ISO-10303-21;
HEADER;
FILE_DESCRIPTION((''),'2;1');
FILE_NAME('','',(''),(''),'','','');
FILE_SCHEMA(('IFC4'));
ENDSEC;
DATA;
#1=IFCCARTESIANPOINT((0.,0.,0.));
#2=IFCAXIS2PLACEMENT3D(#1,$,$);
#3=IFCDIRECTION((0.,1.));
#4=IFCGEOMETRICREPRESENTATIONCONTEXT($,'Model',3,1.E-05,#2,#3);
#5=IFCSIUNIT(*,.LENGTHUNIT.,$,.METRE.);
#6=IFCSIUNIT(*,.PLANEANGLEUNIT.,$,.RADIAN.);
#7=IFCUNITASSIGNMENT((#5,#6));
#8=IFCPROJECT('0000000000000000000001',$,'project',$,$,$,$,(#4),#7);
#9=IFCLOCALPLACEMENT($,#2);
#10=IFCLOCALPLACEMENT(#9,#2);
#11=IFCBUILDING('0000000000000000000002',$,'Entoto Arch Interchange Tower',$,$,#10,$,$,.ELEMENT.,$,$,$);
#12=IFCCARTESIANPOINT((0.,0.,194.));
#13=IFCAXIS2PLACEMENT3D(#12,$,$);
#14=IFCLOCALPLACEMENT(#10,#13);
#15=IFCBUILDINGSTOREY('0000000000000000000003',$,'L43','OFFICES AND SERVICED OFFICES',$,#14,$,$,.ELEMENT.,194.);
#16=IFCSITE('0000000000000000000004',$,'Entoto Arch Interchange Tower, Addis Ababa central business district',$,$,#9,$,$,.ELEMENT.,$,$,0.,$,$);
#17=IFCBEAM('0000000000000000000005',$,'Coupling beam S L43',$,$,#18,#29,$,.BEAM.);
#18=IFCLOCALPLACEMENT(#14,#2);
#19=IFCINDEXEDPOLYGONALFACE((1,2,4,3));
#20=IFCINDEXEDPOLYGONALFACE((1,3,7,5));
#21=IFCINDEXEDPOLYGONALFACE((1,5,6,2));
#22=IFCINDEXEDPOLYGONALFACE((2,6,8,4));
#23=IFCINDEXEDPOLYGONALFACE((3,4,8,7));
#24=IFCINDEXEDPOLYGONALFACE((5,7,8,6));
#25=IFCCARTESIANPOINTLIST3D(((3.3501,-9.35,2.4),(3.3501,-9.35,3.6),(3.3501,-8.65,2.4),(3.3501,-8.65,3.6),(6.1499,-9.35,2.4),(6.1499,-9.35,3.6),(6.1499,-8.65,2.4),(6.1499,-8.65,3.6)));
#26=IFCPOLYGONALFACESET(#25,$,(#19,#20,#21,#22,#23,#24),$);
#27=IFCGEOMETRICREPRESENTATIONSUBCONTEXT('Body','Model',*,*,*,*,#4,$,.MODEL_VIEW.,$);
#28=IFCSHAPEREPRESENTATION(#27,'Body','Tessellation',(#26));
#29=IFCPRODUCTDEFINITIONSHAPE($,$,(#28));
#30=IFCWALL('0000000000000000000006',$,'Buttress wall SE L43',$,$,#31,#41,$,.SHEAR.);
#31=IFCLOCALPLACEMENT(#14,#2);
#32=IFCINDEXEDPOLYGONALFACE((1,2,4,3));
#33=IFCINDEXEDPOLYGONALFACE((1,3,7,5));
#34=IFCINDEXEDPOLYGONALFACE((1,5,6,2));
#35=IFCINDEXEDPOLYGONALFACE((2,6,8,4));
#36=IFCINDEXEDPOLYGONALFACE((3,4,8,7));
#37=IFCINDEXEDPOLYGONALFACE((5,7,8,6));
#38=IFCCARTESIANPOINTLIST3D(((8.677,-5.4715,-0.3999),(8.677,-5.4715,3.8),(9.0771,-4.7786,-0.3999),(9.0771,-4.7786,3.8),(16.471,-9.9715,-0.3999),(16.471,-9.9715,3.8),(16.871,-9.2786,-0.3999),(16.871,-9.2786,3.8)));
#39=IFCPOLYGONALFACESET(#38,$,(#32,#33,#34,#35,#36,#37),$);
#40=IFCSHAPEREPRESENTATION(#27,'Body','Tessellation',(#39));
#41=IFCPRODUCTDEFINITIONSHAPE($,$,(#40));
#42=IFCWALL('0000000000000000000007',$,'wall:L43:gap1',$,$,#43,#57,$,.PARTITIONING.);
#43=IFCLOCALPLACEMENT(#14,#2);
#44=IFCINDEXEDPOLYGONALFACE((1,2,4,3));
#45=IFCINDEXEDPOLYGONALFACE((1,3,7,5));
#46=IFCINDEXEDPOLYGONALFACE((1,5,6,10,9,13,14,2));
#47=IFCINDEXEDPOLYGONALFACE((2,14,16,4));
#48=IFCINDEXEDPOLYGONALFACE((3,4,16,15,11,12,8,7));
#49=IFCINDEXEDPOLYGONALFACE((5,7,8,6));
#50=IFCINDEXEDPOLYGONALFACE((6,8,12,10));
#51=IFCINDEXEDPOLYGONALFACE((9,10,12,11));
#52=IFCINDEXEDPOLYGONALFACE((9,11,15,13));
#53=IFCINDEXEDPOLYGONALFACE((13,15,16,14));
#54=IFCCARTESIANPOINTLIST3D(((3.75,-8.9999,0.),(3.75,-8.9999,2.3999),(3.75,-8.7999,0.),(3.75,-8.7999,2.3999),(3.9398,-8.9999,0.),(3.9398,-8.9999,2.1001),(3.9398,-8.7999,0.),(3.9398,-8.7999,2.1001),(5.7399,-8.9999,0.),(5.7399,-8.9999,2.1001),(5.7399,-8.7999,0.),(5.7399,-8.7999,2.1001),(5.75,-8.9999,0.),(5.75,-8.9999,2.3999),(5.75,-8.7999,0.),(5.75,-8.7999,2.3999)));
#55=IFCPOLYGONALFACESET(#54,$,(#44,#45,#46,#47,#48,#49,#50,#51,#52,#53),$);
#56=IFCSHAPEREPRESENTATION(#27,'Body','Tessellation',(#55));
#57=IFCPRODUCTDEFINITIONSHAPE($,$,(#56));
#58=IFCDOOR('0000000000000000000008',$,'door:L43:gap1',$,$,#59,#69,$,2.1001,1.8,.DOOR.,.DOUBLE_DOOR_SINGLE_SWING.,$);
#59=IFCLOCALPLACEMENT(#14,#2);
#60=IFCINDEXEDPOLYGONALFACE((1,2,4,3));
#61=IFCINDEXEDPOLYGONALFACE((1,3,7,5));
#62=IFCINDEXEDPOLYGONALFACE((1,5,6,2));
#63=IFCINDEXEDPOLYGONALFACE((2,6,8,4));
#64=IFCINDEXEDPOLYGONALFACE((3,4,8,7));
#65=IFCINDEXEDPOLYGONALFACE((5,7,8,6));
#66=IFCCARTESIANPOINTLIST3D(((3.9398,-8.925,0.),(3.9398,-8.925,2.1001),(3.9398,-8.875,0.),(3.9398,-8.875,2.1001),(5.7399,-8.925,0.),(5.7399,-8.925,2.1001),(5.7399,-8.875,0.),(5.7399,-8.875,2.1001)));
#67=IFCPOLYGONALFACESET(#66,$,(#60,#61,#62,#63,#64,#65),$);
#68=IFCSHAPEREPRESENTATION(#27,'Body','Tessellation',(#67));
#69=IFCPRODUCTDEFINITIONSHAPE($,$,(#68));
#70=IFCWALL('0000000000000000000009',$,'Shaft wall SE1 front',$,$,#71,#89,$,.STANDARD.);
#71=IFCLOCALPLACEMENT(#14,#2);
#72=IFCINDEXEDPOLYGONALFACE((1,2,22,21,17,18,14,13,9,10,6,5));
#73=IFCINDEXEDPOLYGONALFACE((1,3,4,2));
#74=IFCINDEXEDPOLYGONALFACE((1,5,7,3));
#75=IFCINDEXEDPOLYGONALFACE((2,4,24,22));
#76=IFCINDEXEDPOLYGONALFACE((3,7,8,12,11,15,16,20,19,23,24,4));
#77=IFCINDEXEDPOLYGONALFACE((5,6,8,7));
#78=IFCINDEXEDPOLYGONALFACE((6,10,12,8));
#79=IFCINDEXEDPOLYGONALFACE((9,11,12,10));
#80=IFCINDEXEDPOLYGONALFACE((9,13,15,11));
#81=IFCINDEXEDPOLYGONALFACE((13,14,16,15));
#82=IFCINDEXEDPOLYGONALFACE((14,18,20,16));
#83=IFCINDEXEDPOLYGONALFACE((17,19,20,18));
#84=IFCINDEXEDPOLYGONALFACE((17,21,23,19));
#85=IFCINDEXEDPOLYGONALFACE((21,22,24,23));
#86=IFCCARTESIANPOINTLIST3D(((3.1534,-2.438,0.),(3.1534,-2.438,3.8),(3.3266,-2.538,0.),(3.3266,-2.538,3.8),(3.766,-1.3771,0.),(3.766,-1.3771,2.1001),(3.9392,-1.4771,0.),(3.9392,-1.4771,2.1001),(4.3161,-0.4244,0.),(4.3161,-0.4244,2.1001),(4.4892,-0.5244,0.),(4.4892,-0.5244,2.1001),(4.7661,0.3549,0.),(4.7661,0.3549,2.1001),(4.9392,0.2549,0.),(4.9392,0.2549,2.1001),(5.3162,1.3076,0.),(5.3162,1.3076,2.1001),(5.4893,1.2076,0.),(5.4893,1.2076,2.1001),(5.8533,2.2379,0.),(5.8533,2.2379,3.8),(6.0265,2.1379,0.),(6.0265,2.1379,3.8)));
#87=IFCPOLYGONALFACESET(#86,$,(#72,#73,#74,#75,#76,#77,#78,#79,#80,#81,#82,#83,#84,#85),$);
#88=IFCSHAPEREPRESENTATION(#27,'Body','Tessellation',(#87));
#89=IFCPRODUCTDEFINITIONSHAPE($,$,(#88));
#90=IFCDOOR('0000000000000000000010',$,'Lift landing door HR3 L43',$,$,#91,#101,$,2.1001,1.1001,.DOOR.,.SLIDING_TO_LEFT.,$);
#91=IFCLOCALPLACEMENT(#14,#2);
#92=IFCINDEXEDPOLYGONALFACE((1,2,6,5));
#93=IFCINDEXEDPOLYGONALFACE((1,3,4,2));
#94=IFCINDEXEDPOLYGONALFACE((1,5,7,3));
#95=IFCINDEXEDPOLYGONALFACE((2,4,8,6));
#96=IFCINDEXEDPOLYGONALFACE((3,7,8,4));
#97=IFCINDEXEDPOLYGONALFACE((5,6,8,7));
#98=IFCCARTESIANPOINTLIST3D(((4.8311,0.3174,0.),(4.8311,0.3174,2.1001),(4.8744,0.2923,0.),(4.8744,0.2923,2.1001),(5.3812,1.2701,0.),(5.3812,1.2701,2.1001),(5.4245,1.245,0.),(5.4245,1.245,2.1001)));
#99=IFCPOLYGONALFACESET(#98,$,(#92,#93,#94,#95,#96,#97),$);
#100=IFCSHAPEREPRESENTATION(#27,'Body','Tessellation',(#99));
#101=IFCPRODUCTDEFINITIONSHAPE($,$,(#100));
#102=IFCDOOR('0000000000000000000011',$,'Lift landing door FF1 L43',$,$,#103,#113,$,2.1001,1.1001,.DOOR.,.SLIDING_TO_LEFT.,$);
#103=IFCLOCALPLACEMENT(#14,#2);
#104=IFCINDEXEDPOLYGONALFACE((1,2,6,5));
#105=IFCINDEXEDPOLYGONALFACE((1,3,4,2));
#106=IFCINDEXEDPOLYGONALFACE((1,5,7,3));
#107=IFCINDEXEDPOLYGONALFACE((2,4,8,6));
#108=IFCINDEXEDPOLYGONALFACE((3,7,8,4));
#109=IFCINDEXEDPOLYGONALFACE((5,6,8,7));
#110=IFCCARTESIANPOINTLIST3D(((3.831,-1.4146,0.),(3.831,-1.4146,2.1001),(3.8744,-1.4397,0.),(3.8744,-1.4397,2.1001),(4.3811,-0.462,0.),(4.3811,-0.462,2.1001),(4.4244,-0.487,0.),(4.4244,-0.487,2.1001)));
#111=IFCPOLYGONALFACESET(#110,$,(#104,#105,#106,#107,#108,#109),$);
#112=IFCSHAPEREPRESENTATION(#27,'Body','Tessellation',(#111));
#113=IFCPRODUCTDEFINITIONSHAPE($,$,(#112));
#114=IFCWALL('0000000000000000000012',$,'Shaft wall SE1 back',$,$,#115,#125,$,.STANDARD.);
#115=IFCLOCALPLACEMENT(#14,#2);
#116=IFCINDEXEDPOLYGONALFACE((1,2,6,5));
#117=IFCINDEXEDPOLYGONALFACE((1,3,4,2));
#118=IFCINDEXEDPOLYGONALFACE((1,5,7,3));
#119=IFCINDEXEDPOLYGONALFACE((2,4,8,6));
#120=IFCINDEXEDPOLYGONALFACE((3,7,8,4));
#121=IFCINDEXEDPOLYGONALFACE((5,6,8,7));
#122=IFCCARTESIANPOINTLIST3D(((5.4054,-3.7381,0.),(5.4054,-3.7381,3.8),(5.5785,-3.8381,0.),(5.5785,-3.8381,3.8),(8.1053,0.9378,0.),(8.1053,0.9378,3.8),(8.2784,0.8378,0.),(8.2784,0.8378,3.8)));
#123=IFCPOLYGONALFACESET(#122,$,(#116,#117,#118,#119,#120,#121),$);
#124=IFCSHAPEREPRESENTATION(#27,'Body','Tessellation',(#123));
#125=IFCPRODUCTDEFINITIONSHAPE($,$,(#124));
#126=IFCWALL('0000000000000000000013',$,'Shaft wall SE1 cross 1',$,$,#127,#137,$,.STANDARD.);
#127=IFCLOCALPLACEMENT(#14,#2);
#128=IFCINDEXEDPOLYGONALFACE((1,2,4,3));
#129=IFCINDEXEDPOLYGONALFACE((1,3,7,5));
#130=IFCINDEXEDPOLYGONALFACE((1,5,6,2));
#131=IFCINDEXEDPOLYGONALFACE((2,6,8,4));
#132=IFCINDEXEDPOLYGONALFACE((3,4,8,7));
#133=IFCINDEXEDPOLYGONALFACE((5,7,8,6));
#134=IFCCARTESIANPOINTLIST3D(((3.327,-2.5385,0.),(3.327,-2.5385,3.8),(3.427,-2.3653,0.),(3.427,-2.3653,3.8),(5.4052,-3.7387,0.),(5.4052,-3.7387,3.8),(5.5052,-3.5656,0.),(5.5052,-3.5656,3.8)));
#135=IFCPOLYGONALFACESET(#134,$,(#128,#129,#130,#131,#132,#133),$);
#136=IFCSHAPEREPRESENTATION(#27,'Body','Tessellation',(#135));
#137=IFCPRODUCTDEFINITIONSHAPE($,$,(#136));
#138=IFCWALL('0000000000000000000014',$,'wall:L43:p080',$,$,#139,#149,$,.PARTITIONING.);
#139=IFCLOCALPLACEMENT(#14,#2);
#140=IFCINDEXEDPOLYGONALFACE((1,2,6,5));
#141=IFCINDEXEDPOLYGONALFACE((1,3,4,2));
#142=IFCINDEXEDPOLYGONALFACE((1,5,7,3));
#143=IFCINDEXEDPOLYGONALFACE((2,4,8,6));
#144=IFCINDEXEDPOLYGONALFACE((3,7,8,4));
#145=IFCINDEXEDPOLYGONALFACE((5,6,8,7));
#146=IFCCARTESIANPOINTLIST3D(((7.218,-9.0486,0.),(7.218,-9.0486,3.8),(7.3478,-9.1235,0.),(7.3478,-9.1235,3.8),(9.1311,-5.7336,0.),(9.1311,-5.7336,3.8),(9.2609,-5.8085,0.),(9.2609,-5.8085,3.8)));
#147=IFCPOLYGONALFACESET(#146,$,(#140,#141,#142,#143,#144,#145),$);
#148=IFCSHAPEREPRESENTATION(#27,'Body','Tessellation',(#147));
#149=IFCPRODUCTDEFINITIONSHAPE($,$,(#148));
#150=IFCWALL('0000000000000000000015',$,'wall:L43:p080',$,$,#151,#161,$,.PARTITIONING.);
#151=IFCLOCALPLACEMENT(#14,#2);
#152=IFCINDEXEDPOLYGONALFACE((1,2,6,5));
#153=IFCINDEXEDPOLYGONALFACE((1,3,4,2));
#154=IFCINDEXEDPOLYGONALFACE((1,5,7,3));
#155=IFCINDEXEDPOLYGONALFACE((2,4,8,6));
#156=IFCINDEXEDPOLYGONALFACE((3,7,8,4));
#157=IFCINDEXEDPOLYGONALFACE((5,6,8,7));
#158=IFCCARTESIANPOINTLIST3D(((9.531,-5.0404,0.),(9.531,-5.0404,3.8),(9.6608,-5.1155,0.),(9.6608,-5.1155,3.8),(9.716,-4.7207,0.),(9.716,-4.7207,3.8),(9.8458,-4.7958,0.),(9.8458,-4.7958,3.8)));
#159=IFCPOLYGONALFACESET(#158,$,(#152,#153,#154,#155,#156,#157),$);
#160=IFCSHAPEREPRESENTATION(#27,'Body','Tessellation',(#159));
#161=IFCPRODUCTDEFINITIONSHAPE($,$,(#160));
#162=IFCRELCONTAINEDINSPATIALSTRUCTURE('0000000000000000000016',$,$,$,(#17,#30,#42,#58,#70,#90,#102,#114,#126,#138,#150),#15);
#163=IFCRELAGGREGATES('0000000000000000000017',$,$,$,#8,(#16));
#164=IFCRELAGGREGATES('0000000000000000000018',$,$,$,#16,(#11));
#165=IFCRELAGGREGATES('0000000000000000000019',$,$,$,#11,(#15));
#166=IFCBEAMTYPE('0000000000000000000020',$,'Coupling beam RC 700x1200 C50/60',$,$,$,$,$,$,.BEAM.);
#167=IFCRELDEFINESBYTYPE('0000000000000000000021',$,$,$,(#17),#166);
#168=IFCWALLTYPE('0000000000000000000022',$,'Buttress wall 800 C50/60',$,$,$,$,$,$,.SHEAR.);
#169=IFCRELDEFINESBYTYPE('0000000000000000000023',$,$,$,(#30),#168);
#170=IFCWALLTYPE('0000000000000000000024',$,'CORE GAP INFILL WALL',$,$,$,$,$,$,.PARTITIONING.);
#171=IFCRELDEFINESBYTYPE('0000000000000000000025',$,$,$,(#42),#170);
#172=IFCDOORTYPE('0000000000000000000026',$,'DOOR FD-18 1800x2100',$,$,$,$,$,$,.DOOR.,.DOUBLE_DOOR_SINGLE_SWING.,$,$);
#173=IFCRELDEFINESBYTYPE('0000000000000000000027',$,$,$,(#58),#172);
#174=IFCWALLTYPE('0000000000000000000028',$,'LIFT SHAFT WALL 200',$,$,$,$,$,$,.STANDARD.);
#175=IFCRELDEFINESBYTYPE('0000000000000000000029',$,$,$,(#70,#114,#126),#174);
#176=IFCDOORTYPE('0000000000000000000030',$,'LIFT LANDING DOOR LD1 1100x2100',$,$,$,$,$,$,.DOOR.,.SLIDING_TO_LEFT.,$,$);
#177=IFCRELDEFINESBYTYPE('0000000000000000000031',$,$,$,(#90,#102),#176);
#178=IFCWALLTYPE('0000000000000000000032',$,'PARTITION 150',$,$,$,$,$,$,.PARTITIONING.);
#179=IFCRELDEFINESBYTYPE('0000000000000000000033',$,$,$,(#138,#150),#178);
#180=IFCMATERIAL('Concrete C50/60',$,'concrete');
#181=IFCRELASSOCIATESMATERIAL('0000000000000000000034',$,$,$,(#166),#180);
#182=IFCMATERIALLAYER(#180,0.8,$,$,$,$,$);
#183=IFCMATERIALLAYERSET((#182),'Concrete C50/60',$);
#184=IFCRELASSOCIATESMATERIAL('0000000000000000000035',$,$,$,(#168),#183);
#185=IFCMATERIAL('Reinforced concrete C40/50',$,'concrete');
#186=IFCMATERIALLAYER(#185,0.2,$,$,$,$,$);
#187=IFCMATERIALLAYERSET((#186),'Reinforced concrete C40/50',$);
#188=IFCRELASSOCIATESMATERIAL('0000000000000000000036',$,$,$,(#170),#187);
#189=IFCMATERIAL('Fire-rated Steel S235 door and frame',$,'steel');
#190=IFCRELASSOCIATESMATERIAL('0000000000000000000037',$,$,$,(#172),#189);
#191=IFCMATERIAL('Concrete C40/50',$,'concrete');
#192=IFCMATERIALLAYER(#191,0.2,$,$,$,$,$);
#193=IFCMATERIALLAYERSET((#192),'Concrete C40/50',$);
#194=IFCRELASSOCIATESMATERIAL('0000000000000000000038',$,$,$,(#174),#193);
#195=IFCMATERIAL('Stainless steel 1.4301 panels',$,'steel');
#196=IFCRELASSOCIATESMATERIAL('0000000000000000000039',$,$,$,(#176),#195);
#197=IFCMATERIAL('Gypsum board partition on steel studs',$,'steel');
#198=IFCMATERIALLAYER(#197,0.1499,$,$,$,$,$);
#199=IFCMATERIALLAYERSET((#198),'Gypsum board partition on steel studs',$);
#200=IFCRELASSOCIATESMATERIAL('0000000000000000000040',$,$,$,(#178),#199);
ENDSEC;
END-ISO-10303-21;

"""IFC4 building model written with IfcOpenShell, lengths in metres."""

from ifc_helpers import new_model, si_unit, direction, frame, frame_2d, origin, origin_2d, place, context, subcontext, project, spatial, rectangle, extrude, material, layer, layer_set, material_profile, profile_set, type_object, element, fill, save


model = new_model("IFC4")

# Units and contexts
model_context = context("Model", 3, precision=1e-05, world=origin(), true_north=direction((0.0, 1.0)))
body_context = subcontext(model_context, "Body", "Model", "MODEL_VIEW")
ifc_project = project(units=[si_unit("LENGTHUNIT", "METRE"), si_unit("PLANEANGLEUNIT", "RADIAN")], contexts=[model_context])

# Site, building, storey
site_placement = place(None, origin())
site = spatial("IfcSite", under=ifc_project, at=site_placement, Name="Entoto Arch Interchange Tower, Addis Ababa central business district", CompositionType="ELEMENT", RefElevation=0.0)
building_placement = place(site_placement, origin())
building = spatial("IfcBuilding", under=site, at=building_placement, Name="Entoto Arch Interchange Tower", CompositionType="ELEMENT")
storey_placement = place(building_placement, frame((0.0, 0.0, 194.0)))
storey = spatial("IfcBuildingStorey", under=building, at=storey_placement, Name="L43", Description="OFFICES AND SERVICED OFFICES", CompositionType="ELEMENT", Elevation=194.0)

# Beam
ifc_material_1 = material(Name="Concrete C50/60", Category="concrete")
ifc_material_profile = material_profile(ifc_material_1, rectangle(XDim=0.7, YDim=1.2, at=origin_2d()))
ifc_profile_set = profile_set([ifc_material_profile], Name="Concrete C50/60")
beam_type = type_object("IfcBeamType", Name="Coupling beam RC 700x1200 C50/60", PredefinedType="BEAM", material=ifc_profile_set)
beam_placement = place(storey_placement, frame((3.3501, -9.0, 3.0), z_axis=(1.0, 0.0, 0.0), x_axis=(0.0, 1.0, 0.0)))
element("IfcBeam", 1, at=beam_placement, inside=storey, type_object=beam_type, Name="Coupling beam S L43", PredefinedType="BEAM", context=body_context, shape_type="SweptSolid", body=[
    extrude(rectangle(XDim=0.7, YDim=1.2, at=origin_2d()), origin(), (0.0, 0.0, 1.0), 2.7998),
])

# Wall
ifc_layer_1 = layer(ifc_material_1, 0.8)
ifc_layer_set_1 = layer_set([ifc_layer_1], Name="Concrete C50/60")
wall_type_1 = type_object("IfcWallType", Name="Buttress wall 800 C50/60", PredefinedType="SHEAR", material=ifc_layer_set_1)
wall_1_placement = place(storey_placement, frame((8.877, -5.125, -0.3999), z_axis=(0.0, 0.0, 1.0), x_axis=(0.866018, -0.500014, 0.0)))
element("IfcWall", 2, at=wall_1_placement, inside=storey, type_object=wall_type_1, Name="Buttress wall SE L43", PredefinedType="SHEAR", context=body_context, shape_type="SweptSolid", body=[
    extrude(rectangle(XDim=8.9998, YDim=0.8, at=frame_2d((4.5, 0.0))), origin(), (0.0, 0.0, 1.0), 4.2),
])

# Wall, opening, door
ifc_material_2 = material(Name="Reinforced concrete C40/50", Category="concrete")
ifc_layer_2 = layer(ifc_material_2, 0.2)
ifc_layer_set_2 = layer_set([ifc_layer_2], Name="Reinforced concrete C40/50")
wall_type_2 = type_object("IfcWallType", Name="CORE GAP INFILL WALL", PredefinedType="PARTITIONING", material=ifc_layer_set_2)
wall_2_placement = place(storey_placement, frame((3.75, -8.8999, 0.0), z_axis=(0.0, 0.0, 1.0), x_axis=(1.0, 0.0, 0.0)))
wall_2 = element("IfcWall", 3, at=wall_2_placement, inside=storey, type_object=wall_type_2, Name="wall:L43:gap1", PredefinedType="PARTITIONING", context=body_context, shape_type="SweptSolid", body=[
    extrude(rectangle(XDim=2.0, YDim=0.2, at=frame_2d((1.0, 0.0))), origin(), (0.0, 0.0, 1.0), 2.3999),
])
opening_1_placement = place(wall_2_placement, frame((0.1899, 0.0, 0.0)))
opening_1 = element("IfcOpeningElement", 4, at=opening_1_placement, cuts=wall_2, PredefinedType="OPENING", context=body_context, shape_type="SweptSolid", body=[
    extrude(rectangle(XDim=1.8, YDim=2.1001, at=frame_2d((0.8999, 1.05))), frame((0.0, 0.1099, 0.0), z_axis=(0.0, -1.0, 0.0), x_axis=(1.0, 0.0, 0.0)), (0.0, 0.0, 1.0), 0.22),
])
ifc_material_3 = material(Name="Fire-rated Steel S235 door and frame", Category="steel")
door_type_1 = type_object("IfcDoorType", Name="DOOR FD-18 1800x2100", OperationType="DOUBLE_DOOR_SINGLE_SWING", PredefinedType="DOOR", material=ifc_material_3)
door_1_placement = place(opening_1_placement, origin())
door_1 = element("IfcDoor", 5, at=door_1_placement, inside=storey, type_object=door_type_1, Name="door:L43:gap1", OperationType="DOUBLE_DOOR_SINGLE_SWING", OverallHeight=2.1001, OverallWidth=1.8, PredefinedType="DOOR", context=body_context, shape_type="SweptSolid", body=[
    extrude(rectangle(XDim=1.8, YDim=2.1001, at=frame_2d((0.8999, 1.05))), frame((0.0, 0.0249, 0.0), z_axis=(0.0, -1.0, 0.0), x_axis=(1.0, 0.0, 0.0)), (0.0, 0.0, 1.0), 0.05),
])
fill(opening_1, door_1)

# Wall, openings, doors
ifc_material_4 = material(Name="Concrete C40/50", Category="concrete")
ifc_layer_3 = layer(ifc_material_4, 0.2)
ifc_layer_set_3 = layer_set([ifc_layer_3], Name="Concrete C40/50")
wall_type_3 = type_object("IfcWallType", Name="LIFT SHAFT WALL 200", PredefinedType="STANDARD", material=ifc_layer_set_3)
wall_3_placement = place(storey_placement, frame((3.24, -2.488, 0.0), z_axis=(0.0, 0.0, 1.0), x_axis=(0.500034, 0.866006, 0.0)))
wall_3 = element("IfcWall", 6, at=wall_3_placement, inside=storey, type_object=wall_type_3, Name="Shaft wall SE1 front", PredefinedType="STANDARD", context=body_context, shape_type="SweptSolid", body=[
    extrude(rectangle(XDim=5.3994, YDim=0.2, at=frame_2d((2.6997, 0.0))), origin(), (0.0, 0.0, 1.0), 3.8),
])
opening_2_placement = place(wall_3_placement, frame((3.2251, 0.0, 0.0)))
opening_2 = element("IfcOpeningElement", 7, at=opening_2_placement, cuts=wall_3, PredefinedType="OPENING", context=body_context, shape_type="SweptSolid", body=[
    extrude(rectangle(XDim=1.1001, YDim=2.1001, at=frame_2d((0.55, 1.05))), frame((0.0, 0.1099, 0.0), z_axis=(0.0, -1.0, 0.0), x_axis=(1.0, 0.0, 0.0)), (0.0, 0.0, 1.0), 0.22),
])
opening_3_placement = place(wall_3_placement, frame((1.2251, 0.0, 0.0)))
opening_3 = element("IfcOpeningElement", 8, at=opening_3_placement, cuts=wall_3, PredefinedType="OPENING", context=body_context, shape_type="SweptSolid", body=[
    extrude(rectangle(XDim=1.1001, YDim=2.1001, at=frame_2d((0.55, 1.05))), frame((0.0, 0.1099, 0.0), z_axis=(0.0, -1.0, 0.0), x_axis=(1.0, 0.0, 0.0)), (0.0, 0.0, 1.0), 0.22),
])
ifc_material_5 = material(Name="Stainless steel 1.4301 panels", Category="steel")
door_type_2 = type_object("IfcDoorType", Name="LIFT LANDING DOOR LD1 1100x2100", OperationType="SLIDING_TO_LEFT", PredefinedType="DOOR", material=ifc_material_5)
door_2_placement = place(opening_2_placement, origin())
door_2 = element("IfcDoor", 9, at=door_2_placement, inside=storey, type_object=door_type_2, Name="Lift landing door HR3 L43", OperationType="SLIDING_TO_LEFT", OverallHeight=2.1001, OverallWidth=1.1001, PredefinedType="DOOR", context=body_context, shape_type="SweptSolid", body=[
    extrude(rectangle(XDim=1.1001, YDim=2.1001, at=frame_2d((0.55, 1.05))), frame((0.0, 0.0249, 0.0), z_axis=(0.0, -1.0, 0.0), x_axis=(1.0, 0.0, 0.0)), (0.0, 0.0, 1.0), 0.05),
])
fill(opening_2, door_2)
door_3_placement = place(opening_3_placement, origin())
door_3 = element("IfcDoor", 10, at=door_3_placement, inside=storey, type_object=door_type_2, Name="Lift landing door FF1 L43", OperationType="SLIDING_TO_LEFT", OverallHeight=2.1001, OverallWidth=1.1001, PredefinedType="DOOR", context=body_context, shape_type="SweptSolid", body=[
    extrude(rectangle(XDim=1.1001, YDim=2.1001, at=frame_2d((0.55, 1.05))), frame((0.0, 0.0249, 0.0), z_axis=(0.0, -1.0, 0.0), x_axis=(1.0, 0.0, 0.0)), (0.0, 0.0, 1.0), 0.05),
])
fill(opening_3, door_3)

# Walls
wall_4_placement = place(storey_placement, frame((5.4919, -3.7881, 0.0), z_axis=(0.0, 0.0, 1.0), x_axis=(0.500034, 0.866006, 0.0)))
element("IfcWall", 11, at=wall_4_placement, inside=storey, type_object=wall_type_3, Name="Shaft wall SE1 back", PredefinedType="STANDARD", context=body_context, shape_type="SweptSolid", body=[
    extrude(rectangle(XDim=5.3994, YDim=0.2, at=frame_2d((2.6997, 0.0))), origin(), (0.0, 0.0, 1.0), 3.8),
])
wall_5_placement = place(storey_placement, frame((3.377, -2.4519, 0.0), z_axis=(0.0, 0.0, 1.0), x_axis=(0.865955, -0.500122, 0.0)))
element("IfcWall", 12, at=wall_5_placement, inside=storey, type_object=wall_type_3, Name="Shaft wall SE1 cross 1", PredefinedType="STANDARD", context=body_context, shape_type="SweptSolid", body=[
    extrude(rectangle(XDim=2.3999, YDim=0.2, at=frame_2d((1.2, 0.0))), origin(), (0.0, 0.0, 1.0), 3.8),
])
ifc_material_6 = material(Name="Gypsum board partition on steel studs", Category="steel")
ifc_layer_4 = layer(ifc_material_6, 0.1499)
ifc_layer_set_4 = layer_set([ifc_layer_4], Name="Gypsum board partition on steel studs")
wall_type_4 = type_object("IfcWallType", Name="PARTITION 150", PredefinedType="PARTITIONING", material=ifc_layer_set_4)
wall_6_placement = place(storey_placement, frame((7.283, -9.0859, 0.0), z_axis=(0.0, 0.0, 1.0), x_axis=(0.499844, 0.866115, 0.0)))
element("IfcWall", 13, at=wall_6_placement, inside=storey, type_object=wall_type_4, Name="wall:L43:p080", PredefinedType="PARTITIONING", context=body_context, shape_type="SweptSolid", body=[
    extrude(rectangle(XDim=3.8274, YDim=0.1499, at=frame_2d((1.9136, 0.0))), origin(), (0.0, 0.0, 1.0), 3.8),
])
wall_7_placement = place(storey_placement, frame((9.5959, -5.0779, 0.0), z_axis=(0.0, 0.0, 1.0), x_axis=(0.500828, 0.865547, 0.0)))
element("IfcWall", 14, at=wall_7_placement, inside=storey, type_object=wall_type_4, Name="wall:L43:p080", PredefinedType="PARTITIONING", context=body_context, shape_type="SweptSolid", body=[
    extrude(rectangle(XDim=0.3694, YDim=0.1499, at=frame_2d((0.1846, 0.0))), origin(), (0.0, 0.0, 1.0), 3.8),
])

save(model, "model.ifc")
